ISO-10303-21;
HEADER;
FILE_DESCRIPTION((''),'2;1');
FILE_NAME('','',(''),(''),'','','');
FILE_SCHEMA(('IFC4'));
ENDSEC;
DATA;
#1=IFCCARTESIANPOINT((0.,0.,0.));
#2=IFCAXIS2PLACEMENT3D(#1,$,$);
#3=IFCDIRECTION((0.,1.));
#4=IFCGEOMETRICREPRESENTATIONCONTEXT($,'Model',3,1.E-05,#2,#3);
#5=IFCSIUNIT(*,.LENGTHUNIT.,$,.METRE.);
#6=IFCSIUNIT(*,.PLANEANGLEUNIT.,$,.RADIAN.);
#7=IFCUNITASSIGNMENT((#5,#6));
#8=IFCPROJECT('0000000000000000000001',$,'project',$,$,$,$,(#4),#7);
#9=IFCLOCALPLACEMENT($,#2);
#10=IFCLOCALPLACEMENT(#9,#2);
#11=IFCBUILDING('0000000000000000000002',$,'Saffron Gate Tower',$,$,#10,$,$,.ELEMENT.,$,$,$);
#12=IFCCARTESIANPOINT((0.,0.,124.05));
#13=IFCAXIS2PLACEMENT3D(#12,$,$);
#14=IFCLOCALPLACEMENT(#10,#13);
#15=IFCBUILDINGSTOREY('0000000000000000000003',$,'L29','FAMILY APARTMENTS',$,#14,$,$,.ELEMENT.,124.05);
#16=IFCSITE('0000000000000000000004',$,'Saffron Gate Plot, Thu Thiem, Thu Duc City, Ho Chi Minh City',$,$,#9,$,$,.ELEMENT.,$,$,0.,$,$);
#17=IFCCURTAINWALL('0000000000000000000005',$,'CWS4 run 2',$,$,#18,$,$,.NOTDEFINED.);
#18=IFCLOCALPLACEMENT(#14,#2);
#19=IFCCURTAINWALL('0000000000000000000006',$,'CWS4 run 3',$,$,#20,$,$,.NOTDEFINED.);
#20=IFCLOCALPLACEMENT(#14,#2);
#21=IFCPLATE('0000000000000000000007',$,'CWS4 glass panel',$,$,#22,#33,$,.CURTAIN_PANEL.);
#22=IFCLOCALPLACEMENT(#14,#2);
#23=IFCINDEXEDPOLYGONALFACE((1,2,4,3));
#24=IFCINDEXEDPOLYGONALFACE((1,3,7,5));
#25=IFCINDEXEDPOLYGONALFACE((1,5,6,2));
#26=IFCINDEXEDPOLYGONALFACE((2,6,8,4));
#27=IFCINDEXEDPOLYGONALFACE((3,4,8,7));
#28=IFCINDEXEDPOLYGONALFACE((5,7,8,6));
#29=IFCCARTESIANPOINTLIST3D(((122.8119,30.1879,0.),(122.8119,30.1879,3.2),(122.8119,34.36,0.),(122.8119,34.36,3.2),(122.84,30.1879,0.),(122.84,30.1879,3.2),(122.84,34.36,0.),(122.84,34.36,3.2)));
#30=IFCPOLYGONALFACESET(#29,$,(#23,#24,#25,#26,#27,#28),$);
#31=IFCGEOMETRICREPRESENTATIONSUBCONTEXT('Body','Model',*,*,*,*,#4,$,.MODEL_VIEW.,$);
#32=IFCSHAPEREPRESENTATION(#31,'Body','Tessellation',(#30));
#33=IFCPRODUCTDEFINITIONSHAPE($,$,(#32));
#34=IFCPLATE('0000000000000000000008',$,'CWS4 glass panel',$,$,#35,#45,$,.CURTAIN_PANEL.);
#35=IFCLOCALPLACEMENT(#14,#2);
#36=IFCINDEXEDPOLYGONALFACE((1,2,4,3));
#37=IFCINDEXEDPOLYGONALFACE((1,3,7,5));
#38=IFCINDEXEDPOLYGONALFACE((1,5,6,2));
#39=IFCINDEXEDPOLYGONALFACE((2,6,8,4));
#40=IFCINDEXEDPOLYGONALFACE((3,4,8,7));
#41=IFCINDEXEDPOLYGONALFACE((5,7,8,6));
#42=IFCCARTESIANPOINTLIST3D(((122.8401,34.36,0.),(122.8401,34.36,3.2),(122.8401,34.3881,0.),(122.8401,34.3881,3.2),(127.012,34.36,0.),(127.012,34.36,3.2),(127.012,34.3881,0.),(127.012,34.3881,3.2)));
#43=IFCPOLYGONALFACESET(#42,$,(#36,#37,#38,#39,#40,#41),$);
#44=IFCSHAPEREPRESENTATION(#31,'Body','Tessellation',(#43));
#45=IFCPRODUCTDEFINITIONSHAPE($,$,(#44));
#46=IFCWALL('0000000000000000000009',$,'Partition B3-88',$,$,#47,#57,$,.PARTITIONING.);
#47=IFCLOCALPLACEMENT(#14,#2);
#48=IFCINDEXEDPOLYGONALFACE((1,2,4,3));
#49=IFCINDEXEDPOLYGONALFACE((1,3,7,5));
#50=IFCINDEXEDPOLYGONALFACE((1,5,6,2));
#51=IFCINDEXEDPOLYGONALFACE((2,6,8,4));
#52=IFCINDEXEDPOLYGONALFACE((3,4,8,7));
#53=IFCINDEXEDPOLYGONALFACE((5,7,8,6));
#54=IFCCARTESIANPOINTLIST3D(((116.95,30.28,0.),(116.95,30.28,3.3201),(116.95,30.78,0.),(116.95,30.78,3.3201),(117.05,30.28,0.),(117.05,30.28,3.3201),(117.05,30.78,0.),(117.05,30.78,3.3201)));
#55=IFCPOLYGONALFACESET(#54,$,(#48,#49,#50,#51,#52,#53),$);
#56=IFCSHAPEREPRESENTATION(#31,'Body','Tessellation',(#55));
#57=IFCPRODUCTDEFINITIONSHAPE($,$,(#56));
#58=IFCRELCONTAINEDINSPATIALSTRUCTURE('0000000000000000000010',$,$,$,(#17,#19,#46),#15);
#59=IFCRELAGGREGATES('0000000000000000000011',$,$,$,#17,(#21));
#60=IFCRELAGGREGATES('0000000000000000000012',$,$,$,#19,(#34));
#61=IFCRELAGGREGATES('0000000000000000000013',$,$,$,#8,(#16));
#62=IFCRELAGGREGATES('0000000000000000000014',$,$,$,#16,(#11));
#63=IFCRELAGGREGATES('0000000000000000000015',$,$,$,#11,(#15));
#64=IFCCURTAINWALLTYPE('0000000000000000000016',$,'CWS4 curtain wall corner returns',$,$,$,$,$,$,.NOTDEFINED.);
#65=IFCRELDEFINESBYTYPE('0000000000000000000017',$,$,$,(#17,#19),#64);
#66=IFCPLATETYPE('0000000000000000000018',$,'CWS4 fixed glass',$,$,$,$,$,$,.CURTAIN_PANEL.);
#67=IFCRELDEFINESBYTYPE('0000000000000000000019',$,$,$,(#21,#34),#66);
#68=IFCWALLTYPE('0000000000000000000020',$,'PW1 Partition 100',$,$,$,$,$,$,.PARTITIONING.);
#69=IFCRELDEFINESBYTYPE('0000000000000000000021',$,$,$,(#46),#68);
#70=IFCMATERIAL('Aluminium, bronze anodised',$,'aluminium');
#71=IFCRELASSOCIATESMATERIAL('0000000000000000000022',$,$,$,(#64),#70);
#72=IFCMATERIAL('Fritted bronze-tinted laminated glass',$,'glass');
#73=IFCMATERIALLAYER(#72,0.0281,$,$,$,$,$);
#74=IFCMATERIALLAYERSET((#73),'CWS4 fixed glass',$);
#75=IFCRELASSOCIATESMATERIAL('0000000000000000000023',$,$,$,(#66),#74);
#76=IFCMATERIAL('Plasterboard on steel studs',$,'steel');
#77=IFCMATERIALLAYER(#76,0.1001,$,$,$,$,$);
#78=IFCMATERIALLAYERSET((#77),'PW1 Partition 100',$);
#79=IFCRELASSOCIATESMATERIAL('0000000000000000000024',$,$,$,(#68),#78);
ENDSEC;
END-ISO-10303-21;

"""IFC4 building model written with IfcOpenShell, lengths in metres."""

from ifc_helpers import new_model, si_unit, direction, frame, frame_2d, origin, place, context, subcontext, project, spatial, rectangle, extrude, material, layer, layer_set, type_object, element, aggregate, save


model = new_model("IFC4")

# Units and contexts
model_context = context("Model", 3, precision=1e-05, world=origin(), true_north=direction((0.0, 1.0)))
body_context = subcontext(model_context, "Body", "Model", "MODEL_VIEW")
ifc_project = project(units=[si_unit("LENGTHUNIT", "METRE"), si_unit("PLANEANGLEUNIT", "RADIAN")], contexts=[model_context])

# Site, building, storey
site_placement = place(None, origin())
site = spatial("IfcSite", under=ifc_project, at=site_placement, Name="Saffron Gate Plot, Thu Thiem, Thu Duc City, Ho Chi Minh City", CompositionType="ELEMENT", RefElevation=0.0)
building_placement = place(site_placement, origin())
building = spatial("IfcBuilding", under=site, at=building_placement, Name="Saffron Gate Tower", CompositionType="ELEMENT")
storey_placement = place(building_placement, frame((0.0, 0.0, 124.05)))
storey = spatial("IfcBuildingStorey", under=building, at=storey_placement, Name="L29", Description="FAMILY APARTMENTS", CompositionType="ELEMENT", Elevation=124.05)

# Shared definitions
ifc_material_1 = material(Name="Aluminium, bronze anodised", Category="aluminium")

# Curtain walls
curtain_wall_type_1 = type_object("IfcCurtainWallType", Name="CWS4 curtain wall corner returns", PredefinedType="NOTDEFINED", material=ifc_material_1)
curtain_wall_1_placement = place(storey_placement, origin())
curtain_wall_1 = element("IfcCurtainWall", 1, at=curtain_wall_1_placement, inside=storey, type_object=curtain_wall_type_1, Name="CWS4 run 2", PredefinedType="NOTDEFINED")
curtain_wall_2_placement = place(storey_placement, origin())
curtain_wall_2 = element("IfcCurtainWall", 2, at=curtain_wall_2_placement, inside=storey, type_object=curtain_wall_type_1, Name="CWS4 run 3", PredefinedType="NOTDEFINED")

# Shared definitions
ifc_material_2 = material(Name="Fritted bronze-tinted laminated glass", Category="glass")

# Plates
ifc_layer_1 = layer(ifc_material_2, 0.0281)
ifc_layer_set_1 = layer_set([ifc_layer_1], Name="CWS4 fixed glass")
plate_type_1 = type_object("IfcPlateType", Name="CWS4 fixed glass", PredefinedType="CURTAIN_PANEL", material=ifc_layer_set_1)
plate_1_placement = place(storey_placement, frame((122.8259, 30.188, 0.0), z_axis=(0.0, 0.0, 1.0), x_axis=(0.0, 1.0, 0.0)))
plate_1 = element("IfcPlate", 3, at=plate_1_placement, type_object=plate_type_1, Name="CWS4 glass panel", PredefinedType="CURTAIN_PANEL", context=body_context, shape_type="SweptSolid", body=[
    extrude(rectangle(XDim=4.1721, YDim=0.0281, at=frame_2d((2.0859, 0.0))), origin(), (0.0, 0.0, 1.0), 3.2),
])
aggregate(curtain_wall_1, [plate_1])
plate_2_placement = place(storey_placement, frame((122.8401, 34.374, 0.0), z_axis=(0.0, 0.0, 1.0), x_axis=(1.0, 0.0, 0.0)))
plate_2 = element("IfcPlate", 4, at=plate_2_placement, type_object=plate_type_1, Name="CWS4 glass panel", PredefinedType="CURTAIN_PANEL", context=body_context, shape_type="SweptSolid", body=[
    extrude(rectangle(XDim=4.1719, YDim=0.0281, at=frame_2d((2.0859, 0.0))), origin(), (0.0, 0.0, 1.0), 3.2),
])
aggregate(curtain_wall_2, [plate_2])

# Wall
ifc_material_3 = material(Name="Plasterboard on steel studs", Category="steel")
ifc_layer_2 = layer(ifc_material_3, 0.1001)
ifc_layer_set_2 = layer_set([ifc_layer_2], Name="PW1 Partition 100")
wall_type = type_object("IfcWallType", Name="PW1 Partition 100", PredefinedType="PARTITIONING", material=ifc_layer_set_2)
wall_placement = place(storey_placement, frame((117.0, 30.78, 0.0), z_axis=(0.0, 0.0, 1.0), x_axis=(0.0, -1.0, 0.0)))
element("IfcWall", 5, at=wall_placement, inside=storey, type_object=wall_type, Name="Partition B3-88", PredefinedType="PARTITIONING", context=body_context, shape_type="SweptSolid", body=[
    extrude(rectangle(XDim=0.5, YDim=0.1001, at=frame_2d((0.25, 0.0))), origin(), (0.0, 0.0, 1.0), 3.3201),
])

save(model, "model.ifc")
